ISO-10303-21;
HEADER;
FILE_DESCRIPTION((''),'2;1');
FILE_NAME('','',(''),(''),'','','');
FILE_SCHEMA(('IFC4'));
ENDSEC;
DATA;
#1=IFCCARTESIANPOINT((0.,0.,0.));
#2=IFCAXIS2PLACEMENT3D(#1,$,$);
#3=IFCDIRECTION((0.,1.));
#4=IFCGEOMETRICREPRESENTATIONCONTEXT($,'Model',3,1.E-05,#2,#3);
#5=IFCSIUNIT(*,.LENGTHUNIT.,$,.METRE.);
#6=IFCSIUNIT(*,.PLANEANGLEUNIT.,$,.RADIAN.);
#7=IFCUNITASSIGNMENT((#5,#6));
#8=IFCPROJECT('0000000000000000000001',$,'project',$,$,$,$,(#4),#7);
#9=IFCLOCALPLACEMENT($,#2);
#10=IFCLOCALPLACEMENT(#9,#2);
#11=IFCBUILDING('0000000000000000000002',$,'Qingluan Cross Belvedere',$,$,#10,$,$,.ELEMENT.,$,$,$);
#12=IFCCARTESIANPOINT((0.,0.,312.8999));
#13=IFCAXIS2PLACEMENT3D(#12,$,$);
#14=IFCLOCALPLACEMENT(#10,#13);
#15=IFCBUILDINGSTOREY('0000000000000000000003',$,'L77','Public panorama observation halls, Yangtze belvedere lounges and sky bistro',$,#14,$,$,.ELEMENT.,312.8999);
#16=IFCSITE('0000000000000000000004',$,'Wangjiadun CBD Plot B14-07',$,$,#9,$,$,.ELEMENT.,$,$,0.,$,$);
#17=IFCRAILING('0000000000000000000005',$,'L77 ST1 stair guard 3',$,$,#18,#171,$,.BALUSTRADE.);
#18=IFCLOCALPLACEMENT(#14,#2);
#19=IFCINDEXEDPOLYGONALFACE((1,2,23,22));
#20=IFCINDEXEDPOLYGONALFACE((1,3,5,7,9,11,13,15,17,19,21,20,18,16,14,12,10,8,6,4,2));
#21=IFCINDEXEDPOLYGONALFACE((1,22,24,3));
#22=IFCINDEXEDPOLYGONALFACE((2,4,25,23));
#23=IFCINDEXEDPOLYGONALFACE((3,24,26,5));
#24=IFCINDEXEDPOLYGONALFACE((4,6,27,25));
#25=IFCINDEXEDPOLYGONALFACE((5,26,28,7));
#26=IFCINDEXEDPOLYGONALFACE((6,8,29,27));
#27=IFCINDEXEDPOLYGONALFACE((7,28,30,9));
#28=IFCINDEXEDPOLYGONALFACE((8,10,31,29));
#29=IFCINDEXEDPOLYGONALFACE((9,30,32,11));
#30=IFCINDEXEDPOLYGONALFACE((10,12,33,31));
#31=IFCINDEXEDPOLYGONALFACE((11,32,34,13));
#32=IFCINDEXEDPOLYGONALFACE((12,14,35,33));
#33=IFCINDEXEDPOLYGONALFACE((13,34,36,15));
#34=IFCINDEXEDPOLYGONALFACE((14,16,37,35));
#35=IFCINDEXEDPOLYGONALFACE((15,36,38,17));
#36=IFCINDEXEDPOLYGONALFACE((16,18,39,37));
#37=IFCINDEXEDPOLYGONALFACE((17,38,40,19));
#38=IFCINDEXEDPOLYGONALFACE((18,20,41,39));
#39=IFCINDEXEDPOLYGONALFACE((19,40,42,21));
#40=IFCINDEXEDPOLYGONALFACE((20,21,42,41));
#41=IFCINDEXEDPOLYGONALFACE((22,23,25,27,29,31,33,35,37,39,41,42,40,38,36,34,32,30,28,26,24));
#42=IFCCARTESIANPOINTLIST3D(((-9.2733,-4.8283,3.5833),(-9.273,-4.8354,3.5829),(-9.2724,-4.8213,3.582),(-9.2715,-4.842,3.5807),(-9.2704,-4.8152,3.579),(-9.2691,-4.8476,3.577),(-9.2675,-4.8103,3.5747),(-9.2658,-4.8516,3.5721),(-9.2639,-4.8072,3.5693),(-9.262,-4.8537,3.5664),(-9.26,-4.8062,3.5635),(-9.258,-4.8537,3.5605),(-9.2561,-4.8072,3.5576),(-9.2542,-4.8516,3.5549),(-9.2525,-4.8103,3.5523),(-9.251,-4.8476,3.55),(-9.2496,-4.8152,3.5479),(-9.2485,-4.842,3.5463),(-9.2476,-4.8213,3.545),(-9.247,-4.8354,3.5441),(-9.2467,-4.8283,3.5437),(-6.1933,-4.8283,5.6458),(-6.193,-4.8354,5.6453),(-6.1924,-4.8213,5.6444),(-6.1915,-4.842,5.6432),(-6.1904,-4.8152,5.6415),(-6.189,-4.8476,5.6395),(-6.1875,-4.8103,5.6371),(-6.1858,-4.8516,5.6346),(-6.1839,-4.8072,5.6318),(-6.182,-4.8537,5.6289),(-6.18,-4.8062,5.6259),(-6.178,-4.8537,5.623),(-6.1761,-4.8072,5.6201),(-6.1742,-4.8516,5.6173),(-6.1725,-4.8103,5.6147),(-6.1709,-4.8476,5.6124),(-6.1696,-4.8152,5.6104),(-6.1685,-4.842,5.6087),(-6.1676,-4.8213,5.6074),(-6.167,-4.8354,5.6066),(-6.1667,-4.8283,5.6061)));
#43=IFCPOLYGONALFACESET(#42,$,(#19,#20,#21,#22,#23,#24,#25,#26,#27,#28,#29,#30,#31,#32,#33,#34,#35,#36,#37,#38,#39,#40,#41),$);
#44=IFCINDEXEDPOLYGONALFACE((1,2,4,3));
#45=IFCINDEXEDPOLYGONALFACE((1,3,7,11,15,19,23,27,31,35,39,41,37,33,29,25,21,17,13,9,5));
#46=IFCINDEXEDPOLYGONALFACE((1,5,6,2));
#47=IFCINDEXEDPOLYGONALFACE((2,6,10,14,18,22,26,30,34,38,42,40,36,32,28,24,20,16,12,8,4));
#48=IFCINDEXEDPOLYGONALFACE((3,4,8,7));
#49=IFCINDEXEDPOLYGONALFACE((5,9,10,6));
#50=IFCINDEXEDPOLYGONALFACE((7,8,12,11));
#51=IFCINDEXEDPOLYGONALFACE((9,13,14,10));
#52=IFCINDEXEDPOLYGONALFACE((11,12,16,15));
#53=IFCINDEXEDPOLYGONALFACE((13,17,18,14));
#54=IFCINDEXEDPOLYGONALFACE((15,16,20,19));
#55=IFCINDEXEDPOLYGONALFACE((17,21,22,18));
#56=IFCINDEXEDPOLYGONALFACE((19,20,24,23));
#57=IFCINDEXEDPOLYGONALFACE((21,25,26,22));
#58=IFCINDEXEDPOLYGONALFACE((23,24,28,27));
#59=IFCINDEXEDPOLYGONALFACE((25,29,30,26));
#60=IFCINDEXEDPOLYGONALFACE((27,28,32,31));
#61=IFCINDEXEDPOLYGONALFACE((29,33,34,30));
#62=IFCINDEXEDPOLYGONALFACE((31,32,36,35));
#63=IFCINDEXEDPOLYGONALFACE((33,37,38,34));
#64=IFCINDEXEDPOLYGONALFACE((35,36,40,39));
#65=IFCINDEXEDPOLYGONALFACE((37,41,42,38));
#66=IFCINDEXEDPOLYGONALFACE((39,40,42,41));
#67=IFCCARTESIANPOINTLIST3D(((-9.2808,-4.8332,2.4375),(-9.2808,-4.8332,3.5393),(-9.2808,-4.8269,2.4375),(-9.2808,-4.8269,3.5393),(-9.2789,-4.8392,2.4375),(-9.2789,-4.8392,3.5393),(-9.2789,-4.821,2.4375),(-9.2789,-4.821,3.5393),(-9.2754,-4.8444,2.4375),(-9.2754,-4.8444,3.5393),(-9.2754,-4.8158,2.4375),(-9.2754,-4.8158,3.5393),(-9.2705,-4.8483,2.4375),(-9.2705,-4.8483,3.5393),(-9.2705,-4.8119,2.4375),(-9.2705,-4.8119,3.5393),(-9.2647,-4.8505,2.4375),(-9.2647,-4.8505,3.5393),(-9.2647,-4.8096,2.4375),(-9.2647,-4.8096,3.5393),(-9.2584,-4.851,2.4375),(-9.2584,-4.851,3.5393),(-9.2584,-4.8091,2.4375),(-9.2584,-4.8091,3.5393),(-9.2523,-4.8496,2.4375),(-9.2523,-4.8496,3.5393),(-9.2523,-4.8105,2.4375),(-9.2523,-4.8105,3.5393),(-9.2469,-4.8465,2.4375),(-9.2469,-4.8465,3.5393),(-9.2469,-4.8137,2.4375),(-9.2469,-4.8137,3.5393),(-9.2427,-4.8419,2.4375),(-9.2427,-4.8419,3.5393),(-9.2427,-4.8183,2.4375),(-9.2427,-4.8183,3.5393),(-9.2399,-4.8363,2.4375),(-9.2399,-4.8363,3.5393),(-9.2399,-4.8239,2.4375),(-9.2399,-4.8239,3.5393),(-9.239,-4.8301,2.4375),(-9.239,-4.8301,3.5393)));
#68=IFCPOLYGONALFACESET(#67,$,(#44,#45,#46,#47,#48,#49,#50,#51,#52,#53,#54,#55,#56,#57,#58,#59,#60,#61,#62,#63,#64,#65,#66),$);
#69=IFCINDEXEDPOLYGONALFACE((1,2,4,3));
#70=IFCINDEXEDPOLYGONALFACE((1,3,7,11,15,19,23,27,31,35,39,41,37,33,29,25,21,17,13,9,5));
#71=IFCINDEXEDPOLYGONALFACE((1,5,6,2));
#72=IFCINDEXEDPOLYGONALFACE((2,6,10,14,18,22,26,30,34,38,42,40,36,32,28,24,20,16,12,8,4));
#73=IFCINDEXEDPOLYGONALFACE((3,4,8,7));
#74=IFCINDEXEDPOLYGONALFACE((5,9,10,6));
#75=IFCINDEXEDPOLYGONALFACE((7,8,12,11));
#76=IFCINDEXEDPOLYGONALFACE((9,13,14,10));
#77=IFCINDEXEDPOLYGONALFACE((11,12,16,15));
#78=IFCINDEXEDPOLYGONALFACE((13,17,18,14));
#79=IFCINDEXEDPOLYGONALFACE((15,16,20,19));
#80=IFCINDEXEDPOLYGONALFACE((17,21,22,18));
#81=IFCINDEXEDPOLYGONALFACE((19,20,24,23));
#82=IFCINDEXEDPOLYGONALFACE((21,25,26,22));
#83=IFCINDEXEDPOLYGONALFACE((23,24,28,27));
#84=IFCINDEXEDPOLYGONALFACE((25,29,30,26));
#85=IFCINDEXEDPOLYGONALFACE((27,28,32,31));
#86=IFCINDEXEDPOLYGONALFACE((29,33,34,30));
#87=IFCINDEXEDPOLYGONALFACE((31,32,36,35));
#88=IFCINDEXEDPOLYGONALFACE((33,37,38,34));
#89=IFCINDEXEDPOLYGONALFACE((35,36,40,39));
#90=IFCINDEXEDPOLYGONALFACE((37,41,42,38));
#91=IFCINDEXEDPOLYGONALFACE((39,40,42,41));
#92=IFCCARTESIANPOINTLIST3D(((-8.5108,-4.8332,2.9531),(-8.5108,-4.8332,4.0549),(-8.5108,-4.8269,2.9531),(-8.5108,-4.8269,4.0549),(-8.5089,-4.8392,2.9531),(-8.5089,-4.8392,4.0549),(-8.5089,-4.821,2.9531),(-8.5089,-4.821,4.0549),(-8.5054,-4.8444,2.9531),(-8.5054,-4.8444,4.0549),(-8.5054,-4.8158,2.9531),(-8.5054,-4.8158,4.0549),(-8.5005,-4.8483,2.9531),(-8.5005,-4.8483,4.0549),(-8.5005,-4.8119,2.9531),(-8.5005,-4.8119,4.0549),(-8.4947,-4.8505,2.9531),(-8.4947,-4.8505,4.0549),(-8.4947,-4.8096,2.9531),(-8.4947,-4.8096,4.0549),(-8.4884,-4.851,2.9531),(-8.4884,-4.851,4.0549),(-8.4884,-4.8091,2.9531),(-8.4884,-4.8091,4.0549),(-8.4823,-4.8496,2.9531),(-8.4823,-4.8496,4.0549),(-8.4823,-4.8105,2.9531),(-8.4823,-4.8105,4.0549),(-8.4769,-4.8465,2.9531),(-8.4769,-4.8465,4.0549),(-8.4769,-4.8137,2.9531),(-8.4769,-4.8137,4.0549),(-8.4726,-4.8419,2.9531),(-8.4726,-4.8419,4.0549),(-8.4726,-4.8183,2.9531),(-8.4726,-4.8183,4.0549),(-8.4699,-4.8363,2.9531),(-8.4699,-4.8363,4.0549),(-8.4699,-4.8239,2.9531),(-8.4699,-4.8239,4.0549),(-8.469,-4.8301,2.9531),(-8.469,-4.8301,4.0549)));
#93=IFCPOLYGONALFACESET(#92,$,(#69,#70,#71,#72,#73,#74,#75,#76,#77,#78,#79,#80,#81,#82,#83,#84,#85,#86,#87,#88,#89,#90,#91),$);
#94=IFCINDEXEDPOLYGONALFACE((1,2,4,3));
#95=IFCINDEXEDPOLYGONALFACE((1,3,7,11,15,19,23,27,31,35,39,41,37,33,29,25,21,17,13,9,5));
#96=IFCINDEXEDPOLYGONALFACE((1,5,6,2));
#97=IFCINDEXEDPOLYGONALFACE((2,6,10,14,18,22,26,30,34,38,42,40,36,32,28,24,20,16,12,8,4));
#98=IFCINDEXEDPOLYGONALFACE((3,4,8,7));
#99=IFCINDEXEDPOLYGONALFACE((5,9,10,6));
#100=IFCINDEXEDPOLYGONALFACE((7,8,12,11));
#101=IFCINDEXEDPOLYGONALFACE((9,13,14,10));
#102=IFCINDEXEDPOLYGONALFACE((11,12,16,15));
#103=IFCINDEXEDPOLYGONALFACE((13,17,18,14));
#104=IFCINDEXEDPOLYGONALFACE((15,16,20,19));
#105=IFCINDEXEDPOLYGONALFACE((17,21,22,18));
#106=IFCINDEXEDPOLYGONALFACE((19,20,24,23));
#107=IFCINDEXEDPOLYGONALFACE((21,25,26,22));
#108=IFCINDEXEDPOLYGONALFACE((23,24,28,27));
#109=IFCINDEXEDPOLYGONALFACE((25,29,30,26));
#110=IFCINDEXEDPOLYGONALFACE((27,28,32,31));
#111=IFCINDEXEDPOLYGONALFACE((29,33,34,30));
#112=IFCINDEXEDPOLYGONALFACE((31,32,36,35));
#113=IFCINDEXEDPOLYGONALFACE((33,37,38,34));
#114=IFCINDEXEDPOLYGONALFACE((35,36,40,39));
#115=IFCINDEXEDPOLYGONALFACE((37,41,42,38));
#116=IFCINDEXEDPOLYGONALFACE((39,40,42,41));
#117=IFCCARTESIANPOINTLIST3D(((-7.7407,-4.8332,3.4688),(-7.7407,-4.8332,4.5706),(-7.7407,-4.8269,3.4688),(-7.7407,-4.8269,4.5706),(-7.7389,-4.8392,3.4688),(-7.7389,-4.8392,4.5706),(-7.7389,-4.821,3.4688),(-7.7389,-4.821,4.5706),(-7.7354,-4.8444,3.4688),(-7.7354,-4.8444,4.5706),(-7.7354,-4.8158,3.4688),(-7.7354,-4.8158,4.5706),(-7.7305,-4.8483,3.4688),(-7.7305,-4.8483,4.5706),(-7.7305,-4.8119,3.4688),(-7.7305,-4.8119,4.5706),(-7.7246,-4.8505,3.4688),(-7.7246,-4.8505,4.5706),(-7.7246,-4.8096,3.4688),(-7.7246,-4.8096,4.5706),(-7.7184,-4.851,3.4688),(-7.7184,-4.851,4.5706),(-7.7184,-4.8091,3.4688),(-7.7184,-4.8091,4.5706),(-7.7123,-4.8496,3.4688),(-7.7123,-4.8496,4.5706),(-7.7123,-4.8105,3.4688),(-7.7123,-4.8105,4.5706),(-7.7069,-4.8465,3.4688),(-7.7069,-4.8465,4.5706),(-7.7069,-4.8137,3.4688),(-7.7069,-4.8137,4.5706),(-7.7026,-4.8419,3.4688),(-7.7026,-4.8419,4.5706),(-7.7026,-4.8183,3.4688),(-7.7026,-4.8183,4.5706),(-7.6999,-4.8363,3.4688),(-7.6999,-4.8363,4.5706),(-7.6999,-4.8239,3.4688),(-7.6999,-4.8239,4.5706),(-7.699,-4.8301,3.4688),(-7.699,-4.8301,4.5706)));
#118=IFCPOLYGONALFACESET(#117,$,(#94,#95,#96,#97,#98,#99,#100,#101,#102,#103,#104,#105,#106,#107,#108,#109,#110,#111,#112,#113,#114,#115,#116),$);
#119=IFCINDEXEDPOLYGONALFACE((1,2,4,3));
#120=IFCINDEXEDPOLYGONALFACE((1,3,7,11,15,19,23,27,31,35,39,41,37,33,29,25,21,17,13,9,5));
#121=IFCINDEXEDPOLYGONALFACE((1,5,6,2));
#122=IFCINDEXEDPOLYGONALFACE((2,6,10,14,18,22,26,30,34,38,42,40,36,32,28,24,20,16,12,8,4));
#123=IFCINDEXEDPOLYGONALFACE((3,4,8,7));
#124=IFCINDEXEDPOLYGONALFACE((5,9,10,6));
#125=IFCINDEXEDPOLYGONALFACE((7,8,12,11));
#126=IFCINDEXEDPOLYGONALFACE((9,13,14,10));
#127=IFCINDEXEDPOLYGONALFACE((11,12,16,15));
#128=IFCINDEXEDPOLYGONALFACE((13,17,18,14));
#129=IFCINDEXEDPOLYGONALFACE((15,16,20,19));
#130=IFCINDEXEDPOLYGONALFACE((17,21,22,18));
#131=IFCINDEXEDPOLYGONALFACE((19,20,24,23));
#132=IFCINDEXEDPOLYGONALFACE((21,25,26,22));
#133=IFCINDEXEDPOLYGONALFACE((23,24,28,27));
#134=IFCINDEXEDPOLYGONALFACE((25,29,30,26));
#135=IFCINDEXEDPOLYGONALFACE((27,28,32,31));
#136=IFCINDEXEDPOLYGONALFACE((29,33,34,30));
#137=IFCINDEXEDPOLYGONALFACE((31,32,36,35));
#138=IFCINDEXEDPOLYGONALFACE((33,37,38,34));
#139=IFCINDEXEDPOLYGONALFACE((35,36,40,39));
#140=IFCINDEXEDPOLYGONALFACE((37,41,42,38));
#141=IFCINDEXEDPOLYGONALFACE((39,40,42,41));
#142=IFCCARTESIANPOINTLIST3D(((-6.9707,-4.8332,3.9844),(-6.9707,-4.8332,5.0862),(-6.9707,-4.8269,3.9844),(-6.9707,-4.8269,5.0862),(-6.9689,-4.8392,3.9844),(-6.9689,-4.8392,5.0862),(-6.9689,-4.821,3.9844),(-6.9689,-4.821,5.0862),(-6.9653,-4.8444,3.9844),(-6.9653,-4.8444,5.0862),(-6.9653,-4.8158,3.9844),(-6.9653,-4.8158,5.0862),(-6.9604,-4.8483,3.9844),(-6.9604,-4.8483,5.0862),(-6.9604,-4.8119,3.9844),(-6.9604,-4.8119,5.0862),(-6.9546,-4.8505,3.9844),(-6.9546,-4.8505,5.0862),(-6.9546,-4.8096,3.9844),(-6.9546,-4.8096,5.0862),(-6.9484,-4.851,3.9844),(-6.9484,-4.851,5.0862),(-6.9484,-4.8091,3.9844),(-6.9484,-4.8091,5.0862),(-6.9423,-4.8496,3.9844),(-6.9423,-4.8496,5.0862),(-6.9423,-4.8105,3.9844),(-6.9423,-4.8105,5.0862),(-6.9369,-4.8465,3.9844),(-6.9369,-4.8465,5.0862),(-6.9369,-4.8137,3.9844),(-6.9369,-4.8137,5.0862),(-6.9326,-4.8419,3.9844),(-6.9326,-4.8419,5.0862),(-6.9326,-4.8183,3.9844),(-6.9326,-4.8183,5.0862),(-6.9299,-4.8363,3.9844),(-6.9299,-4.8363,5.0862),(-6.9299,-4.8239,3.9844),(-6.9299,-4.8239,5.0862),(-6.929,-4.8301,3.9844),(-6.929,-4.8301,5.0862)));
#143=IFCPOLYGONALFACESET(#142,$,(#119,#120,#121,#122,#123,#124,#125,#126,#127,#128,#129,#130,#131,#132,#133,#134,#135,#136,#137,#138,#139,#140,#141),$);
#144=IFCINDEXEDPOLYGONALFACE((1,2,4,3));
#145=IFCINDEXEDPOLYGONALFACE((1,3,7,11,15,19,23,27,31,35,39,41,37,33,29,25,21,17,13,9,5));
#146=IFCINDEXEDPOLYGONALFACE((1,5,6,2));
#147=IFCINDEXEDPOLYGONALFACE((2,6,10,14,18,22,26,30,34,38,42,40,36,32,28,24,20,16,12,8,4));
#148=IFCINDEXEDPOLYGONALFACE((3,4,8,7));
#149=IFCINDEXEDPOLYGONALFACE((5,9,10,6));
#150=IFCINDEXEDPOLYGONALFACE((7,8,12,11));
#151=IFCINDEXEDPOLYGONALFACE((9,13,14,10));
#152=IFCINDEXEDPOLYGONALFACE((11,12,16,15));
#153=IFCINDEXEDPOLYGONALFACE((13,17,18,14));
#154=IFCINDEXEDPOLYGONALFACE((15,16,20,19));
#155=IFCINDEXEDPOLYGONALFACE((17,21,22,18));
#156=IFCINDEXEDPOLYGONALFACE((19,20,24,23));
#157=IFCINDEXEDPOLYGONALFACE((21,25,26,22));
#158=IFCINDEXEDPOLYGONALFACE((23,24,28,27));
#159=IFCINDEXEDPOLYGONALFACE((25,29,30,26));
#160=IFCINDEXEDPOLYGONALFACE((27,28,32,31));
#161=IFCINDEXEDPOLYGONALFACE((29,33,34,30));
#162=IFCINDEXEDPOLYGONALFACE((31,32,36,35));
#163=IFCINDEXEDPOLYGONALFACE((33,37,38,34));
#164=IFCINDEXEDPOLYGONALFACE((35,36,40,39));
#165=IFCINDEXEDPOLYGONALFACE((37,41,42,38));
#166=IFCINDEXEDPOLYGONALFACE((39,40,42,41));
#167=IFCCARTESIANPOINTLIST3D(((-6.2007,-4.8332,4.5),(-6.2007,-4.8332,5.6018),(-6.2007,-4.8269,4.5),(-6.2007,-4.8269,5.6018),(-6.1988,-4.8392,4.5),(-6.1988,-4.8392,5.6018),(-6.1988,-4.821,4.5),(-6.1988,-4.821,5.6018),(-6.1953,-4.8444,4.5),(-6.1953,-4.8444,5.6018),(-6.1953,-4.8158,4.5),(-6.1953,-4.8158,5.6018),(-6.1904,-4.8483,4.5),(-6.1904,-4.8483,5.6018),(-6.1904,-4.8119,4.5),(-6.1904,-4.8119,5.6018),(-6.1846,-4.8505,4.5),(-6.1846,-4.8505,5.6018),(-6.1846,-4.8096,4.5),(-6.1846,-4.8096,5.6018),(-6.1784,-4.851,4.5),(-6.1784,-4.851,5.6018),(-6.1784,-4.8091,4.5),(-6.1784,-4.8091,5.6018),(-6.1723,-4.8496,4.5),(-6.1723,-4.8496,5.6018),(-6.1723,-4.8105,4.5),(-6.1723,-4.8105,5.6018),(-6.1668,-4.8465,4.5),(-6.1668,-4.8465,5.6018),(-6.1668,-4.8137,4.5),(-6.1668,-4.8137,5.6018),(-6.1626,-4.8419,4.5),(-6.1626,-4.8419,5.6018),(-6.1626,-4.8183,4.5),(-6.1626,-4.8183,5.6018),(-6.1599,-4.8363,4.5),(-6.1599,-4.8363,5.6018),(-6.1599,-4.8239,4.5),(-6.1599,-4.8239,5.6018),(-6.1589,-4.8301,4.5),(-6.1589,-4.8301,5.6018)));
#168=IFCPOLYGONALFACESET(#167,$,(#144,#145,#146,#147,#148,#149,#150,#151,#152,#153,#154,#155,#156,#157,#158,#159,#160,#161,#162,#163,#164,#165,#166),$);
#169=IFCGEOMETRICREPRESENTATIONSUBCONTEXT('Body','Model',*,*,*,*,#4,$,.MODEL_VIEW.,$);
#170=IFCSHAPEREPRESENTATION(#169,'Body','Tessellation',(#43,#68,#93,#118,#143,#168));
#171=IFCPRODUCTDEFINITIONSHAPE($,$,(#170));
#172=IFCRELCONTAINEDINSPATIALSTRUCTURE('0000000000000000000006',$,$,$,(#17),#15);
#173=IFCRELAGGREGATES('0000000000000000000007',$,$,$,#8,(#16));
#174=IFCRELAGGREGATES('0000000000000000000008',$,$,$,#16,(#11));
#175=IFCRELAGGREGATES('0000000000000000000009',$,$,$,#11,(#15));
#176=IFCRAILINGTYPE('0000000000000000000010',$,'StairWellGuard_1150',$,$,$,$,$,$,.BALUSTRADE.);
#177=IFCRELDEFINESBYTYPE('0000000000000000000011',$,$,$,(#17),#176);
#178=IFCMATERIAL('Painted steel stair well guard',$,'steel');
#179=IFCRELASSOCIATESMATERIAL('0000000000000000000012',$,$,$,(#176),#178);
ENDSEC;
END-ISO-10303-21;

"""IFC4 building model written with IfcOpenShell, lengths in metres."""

from ifc_helpers import new_model, si_unit, direction, frame, origin, origin_2d, place, context, subcontext, project, spatial, circle, extrude, material, type_object, element, save


model = new_model("IFC4")

# Units and contexts
model_context = context("Model", 3, precision=1e-05, world=origin(), true_north=direction((0.0, 1.0)))
body_context = subcontext(model_context, "Body", "Model", "MODEL_VIEW")
ifc_project = project(units=[si_unit("LENGTHUNIT", "METRE"), si_unit("PLANEANGLEUNIT", "RADIAN")], contexts=[model_context])

# Site, building, storey
site_placement = place(None, origin())
site = spatial("IfcSite", under=ifc_project, at=site_placement, Name="Wangjiadun CBD Plot B14-07", CompositionType="ELEMENT", RefElevation=0.0)
building_placement = place(site_placement, origin())
building = spatial("IfcBuilding", under=site, at=building_placement, Name="Qingluan Cross Belvedere", CompositionType="ELEMENT")
storey_placement = place(building_placement, frame((0.0, 0.0, 312.8999)))
storey = spatial("IfcBuildingStorey", under=building, at=storey_placement, Name="L77", Description="Public panorama observation halls, Yangtze belvedere lounges and sky bistro", CompositionType="ELEMENT", Elevation=312.8999)

# Railing
ifc_material_1 = material(Name="Painted steel stair well guard", Category="steel")
railing_type_1 = type_object("IfcRailingType", Name="StairWellGuard_1150", PredefinedType="BALUSTRADE", material=ifc_material_1)
railing_1_placement = place(storey_placement, frame((-9.26, -4.8301, 2.4375)))
element("IfcRailing", 1, at=railing_1_placement, inside=storey, type_object=railing_type_1, Name="L77 ST1 stair guard 3", PredefinedType="BALUSTRADE", context=body_context, shape_type="SweptSolid", body=[
    extrude(circle(Radius=0.0239, at=origin_2d()), frame((0.0, 0.0, 1.126), z_axis=(0.830914, 0.0, 0.556401), x_axis=(0.0, 1.0, 0.0)), (0.0, 0.0, 1.0), 3.7068),
    extrude(circle(Radius=0.021, at=origin_2d()), origin(), (0.0, 0.0, 1.0), 1.1018),
    extrude(circle(Radius=0.021, at=origin_2d()), frame((0.77, 0.0, 0.5156)), (0.0, 0.0, 1.0), 1.1018),
    extrude(circle(Radius=0.021, at=origin_2d()), frame((1.54, 0.0, 1.0312)), (0.0, 0.0, 1.0), 1.1018),
    extrude(circle(Radius=0.021, at=origin_2d()), frame((2.3101, 0.0, 1.5469)), (0.0, 0.0, 1.0), 1.1018),
    extrude(circle(Radius=0.021, at=origin_2d()), frame((3.0801, 0.0, 2.0625)), (0.0, 0.0, 1.0), 1.1018),
])

save(model, "model.ifc")
